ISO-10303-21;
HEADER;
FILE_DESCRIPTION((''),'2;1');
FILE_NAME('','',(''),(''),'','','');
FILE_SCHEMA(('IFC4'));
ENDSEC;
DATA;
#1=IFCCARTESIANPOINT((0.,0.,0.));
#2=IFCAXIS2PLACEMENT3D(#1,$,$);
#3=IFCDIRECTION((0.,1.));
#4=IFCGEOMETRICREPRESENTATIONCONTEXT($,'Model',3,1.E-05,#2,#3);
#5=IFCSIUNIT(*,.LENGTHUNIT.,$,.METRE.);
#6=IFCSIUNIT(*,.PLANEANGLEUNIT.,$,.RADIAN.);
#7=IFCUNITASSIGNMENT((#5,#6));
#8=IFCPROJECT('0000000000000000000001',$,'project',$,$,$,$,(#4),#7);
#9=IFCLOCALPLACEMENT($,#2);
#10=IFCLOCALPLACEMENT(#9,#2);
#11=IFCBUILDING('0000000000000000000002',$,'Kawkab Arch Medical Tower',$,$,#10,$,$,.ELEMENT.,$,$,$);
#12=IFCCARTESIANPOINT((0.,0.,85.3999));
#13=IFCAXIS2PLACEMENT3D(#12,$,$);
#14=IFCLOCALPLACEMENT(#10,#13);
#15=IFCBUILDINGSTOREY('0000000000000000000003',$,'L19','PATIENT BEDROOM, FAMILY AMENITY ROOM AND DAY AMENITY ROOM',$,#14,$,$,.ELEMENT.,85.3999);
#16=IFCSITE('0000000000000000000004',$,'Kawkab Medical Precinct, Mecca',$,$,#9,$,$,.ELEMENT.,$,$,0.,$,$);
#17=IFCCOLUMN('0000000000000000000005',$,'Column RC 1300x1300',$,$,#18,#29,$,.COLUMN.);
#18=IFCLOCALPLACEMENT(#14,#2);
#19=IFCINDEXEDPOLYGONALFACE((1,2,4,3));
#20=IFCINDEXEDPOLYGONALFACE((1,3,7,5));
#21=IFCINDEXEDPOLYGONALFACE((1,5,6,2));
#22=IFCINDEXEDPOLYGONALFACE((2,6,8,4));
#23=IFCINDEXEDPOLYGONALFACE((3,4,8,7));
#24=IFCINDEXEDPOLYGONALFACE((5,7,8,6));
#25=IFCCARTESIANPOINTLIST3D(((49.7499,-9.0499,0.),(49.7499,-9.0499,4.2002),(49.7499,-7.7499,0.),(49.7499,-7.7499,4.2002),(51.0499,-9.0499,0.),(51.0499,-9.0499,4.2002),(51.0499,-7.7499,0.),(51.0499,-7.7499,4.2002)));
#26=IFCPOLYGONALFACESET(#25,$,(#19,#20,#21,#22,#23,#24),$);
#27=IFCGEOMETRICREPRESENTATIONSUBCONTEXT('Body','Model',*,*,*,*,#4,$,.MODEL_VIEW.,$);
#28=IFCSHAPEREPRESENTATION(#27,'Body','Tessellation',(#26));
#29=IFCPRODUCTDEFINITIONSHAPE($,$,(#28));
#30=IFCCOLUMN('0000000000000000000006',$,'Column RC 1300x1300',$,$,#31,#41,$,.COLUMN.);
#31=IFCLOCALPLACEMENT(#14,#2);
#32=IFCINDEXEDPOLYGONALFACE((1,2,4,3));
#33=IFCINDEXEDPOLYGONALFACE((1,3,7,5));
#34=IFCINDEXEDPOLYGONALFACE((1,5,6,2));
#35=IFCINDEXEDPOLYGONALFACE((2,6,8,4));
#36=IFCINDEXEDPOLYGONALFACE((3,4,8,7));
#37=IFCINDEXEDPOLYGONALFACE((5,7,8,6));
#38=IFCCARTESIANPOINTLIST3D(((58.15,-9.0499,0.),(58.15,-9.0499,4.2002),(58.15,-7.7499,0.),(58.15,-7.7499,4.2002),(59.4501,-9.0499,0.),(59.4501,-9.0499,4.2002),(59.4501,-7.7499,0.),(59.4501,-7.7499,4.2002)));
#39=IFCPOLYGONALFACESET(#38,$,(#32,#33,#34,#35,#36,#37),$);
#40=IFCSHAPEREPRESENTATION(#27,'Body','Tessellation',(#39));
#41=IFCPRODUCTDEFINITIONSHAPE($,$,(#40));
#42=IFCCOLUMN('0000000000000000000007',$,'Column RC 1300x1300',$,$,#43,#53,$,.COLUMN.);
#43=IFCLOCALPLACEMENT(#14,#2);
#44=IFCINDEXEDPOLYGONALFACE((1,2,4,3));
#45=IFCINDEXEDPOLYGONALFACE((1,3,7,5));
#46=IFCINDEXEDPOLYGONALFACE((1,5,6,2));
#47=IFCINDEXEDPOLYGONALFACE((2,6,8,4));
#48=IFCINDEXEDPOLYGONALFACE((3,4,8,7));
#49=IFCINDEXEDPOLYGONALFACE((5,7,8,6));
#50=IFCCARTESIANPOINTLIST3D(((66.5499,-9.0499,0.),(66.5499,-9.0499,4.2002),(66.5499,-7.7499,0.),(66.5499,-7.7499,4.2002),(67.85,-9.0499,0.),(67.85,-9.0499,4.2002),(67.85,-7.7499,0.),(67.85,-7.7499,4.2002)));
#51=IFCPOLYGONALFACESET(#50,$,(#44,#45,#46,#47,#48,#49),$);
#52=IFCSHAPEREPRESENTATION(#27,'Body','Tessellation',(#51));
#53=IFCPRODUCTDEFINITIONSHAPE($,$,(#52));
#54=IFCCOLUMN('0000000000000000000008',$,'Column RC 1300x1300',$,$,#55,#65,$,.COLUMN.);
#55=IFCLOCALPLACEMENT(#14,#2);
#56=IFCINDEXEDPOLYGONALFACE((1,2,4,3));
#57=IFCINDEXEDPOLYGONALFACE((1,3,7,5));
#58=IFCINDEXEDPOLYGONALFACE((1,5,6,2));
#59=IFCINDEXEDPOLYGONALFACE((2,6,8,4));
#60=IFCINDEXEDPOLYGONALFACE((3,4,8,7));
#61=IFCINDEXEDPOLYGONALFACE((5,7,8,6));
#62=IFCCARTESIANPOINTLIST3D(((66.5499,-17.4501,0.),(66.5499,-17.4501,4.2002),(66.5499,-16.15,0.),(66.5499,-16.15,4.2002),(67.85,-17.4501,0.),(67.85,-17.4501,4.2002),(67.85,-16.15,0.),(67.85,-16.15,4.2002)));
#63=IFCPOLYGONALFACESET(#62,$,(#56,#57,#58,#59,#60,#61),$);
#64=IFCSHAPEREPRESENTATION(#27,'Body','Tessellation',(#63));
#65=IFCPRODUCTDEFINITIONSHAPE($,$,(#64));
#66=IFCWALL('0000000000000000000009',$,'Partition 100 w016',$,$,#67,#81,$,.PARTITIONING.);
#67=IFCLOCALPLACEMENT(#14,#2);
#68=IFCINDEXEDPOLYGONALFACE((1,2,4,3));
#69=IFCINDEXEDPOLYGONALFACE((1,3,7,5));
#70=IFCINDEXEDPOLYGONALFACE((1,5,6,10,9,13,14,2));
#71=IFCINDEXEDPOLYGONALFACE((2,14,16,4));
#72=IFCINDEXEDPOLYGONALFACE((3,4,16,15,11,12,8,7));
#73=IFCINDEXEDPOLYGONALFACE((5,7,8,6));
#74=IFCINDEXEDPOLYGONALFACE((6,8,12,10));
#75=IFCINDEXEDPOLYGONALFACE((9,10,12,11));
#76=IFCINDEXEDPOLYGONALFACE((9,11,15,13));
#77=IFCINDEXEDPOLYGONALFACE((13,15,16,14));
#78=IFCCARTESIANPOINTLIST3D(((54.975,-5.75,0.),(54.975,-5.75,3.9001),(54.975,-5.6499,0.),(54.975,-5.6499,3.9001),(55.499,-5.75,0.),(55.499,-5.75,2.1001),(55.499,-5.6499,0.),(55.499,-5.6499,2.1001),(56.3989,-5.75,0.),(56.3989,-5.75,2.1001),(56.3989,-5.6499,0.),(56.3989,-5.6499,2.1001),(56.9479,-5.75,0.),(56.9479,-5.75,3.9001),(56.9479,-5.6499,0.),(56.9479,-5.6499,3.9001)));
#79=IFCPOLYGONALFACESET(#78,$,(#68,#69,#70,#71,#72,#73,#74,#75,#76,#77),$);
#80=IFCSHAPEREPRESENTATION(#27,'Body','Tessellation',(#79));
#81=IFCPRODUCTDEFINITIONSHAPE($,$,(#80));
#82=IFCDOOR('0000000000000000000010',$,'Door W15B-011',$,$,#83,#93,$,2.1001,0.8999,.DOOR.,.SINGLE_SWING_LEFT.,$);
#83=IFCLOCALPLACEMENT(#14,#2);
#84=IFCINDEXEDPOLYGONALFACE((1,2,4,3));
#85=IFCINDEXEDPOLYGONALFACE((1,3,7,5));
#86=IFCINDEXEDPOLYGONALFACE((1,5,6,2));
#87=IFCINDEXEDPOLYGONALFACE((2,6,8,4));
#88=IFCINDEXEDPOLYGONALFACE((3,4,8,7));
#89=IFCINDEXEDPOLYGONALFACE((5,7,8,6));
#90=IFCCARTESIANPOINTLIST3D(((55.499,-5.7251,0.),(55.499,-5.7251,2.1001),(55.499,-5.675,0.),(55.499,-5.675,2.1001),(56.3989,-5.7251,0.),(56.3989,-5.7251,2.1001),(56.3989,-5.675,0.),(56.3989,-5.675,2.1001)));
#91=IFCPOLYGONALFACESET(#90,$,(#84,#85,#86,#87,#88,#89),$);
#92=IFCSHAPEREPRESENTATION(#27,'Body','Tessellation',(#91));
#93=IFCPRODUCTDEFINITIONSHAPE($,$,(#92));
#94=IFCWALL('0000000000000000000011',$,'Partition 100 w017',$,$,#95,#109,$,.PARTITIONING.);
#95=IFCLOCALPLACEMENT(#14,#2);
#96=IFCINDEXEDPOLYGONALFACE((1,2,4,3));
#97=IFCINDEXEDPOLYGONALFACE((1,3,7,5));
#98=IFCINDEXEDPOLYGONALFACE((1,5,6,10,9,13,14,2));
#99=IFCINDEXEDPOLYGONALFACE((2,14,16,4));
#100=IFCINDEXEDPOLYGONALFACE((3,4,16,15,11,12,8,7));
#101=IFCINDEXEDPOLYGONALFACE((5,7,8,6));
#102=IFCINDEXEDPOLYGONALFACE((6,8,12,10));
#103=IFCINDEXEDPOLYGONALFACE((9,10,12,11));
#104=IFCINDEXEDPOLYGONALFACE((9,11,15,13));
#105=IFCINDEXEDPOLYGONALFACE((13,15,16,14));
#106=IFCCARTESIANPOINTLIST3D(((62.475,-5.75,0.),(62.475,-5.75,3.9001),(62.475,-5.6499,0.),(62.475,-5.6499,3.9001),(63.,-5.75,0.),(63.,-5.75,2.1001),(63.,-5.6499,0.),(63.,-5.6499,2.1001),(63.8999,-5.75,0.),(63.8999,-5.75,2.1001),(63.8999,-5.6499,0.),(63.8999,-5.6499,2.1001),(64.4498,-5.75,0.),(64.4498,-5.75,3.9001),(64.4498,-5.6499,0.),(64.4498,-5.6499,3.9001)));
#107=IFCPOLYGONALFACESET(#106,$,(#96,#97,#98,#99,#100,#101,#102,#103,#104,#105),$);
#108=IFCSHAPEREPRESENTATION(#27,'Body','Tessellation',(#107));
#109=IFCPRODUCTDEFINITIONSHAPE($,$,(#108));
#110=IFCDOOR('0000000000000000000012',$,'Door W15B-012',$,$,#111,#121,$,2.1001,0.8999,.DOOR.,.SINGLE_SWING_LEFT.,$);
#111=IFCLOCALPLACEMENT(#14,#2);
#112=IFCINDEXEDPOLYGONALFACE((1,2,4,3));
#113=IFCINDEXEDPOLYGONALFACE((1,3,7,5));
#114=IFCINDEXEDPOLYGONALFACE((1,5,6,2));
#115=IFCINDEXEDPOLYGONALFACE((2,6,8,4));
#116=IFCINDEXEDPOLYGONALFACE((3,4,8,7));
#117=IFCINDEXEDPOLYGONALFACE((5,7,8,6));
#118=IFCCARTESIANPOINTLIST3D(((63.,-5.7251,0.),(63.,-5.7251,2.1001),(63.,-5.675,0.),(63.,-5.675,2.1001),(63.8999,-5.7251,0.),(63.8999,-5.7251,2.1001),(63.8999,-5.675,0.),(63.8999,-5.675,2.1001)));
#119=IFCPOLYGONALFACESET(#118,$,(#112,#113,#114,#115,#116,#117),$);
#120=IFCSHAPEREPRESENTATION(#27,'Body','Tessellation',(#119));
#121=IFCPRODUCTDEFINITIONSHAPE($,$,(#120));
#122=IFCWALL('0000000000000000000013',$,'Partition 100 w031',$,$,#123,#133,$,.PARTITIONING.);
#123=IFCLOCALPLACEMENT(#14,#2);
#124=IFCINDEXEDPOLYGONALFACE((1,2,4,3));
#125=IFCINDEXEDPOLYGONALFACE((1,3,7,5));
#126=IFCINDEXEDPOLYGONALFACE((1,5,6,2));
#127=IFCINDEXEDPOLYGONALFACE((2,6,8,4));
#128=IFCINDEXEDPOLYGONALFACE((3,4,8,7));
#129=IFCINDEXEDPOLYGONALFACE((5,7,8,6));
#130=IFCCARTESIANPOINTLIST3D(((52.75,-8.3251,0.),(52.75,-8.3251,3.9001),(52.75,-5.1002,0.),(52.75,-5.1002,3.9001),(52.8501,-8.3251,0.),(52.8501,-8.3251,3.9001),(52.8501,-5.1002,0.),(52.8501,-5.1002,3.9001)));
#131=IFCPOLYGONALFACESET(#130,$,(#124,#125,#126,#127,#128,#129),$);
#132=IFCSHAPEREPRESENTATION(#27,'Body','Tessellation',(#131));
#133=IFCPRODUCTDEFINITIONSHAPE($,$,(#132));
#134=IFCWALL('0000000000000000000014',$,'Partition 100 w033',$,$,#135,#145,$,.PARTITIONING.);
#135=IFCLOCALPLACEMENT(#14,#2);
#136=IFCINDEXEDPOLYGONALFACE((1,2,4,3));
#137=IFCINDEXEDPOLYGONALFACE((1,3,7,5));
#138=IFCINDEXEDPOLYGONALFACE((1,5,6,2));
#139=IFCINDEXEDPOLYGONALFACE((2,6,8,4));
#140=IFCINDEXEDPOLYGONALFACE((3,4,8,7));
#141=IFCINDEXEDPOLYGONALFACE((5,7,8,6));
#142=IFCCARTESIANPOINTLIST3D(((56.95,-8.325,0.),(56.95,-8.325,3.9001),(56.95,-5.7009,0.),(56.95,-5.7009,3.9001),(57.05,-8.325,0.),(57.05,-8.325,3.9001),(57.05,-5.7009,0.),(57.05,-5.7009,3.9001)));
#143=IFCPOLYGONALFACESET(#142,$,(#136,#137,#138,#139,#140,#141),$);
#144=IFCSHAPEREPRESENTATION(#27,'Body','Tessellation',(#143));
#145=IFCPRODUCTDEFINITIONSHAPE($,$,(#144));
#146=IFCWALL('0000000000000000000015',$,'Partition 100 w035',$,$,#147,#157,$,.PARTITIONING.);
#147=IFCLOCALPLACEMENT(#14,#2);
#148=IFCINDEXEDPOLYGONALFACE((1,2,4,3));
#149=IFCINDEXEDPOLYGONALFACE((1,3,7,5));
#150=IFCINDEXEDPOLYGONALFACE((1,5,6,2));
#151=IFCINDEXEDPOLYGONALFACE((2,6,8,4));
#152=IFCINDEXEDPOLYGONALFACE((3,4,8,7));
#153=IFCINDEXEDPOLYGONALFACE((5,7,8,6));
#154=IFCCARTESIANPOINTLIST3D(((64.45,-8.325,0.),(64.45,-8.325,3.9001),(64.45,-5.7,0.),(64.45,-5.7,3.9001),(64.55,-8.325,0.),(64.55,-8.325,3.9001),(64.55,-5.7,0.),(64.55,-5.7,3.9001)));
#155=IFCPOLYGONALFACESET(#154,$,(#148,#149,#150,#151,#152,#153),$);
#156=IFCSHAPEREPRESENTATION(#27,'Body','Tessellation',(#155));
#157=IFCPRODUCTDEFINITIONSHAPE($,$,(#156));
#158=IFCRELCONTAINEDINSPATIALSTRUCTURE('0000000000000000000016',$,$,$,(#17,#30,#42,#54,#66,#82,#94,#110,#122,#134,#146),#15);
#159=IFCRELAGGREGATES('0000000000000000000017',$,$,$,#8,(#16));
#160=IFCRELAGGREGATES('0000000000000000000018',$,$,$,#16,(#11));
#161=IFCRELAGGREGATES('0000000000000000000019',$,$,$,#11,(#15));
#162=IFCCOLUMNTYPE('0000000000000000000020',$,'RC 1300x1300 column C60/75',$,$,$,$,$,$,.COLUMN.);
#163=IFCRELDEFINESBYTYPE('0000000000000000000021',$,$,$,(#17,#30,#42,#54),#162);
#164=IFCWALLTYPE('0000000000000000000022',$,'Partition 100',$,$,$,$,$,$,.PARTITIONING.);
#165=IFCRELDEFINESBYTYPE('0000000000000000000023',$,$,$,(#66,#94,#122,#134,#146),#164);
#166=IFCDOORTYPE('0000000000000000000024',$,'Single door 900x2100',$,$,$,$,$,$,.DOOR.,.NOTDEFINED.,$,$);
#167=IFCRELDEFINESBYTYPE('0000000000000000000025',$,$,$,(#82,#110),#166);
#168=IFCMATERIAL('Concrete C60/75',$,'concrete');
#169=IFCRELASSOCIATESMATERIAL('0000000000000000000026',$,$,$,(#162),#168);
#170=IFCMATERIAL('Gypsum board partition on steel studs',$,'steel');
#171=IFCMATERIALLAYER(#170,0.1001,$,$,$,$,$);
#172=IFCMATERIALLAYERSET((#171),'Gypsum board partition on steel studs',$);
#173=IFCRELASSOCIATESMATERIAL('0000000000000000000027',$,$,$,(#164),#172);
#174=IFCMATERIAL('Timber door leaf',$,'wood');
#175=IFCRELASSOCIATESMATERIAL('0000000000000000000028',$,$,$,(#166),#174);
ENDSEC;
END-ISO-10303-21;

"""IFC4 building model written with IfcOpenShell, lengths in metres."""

from ifc_helpers import new_model, si_unit, direction, frame, frame_2d, origin, origin_2d, place, context, subcontext, project, spatial, rectangle, extrude, material, layer, layer_set, material_profile, profile_set, type_object, element, fill, save


model = new_model("IFC4")

# Units and contexts
model_context = context("Model", 3, precision=1e-05, world=origin(), true_north=direction((0.0, 1.0)))
body_context = subcontext(model_context, "Body", "Model", "MODEL_VIEW")
ifc_project = project(units=[si_unit("LENGTHUNIT", "METRE"), si_unit("PLANEANGLEUNIT", "RADIAN")], contexts=[model_context])

# Site, building, storey
site_placement = place(None, origin())
site = spatial("IfcSite", under=ifc_project, at=site_placement, Name="Kawkab Medical Precinct, Mecca", CompositionType="ELEMENT", RefElevation=0.0)
building_placement = place(site_placement, origin())
building = spatial("IfcBuilding", under=site, at=building_placement, Name="Kawkab Arch Medical Tower", CompositionType="ELEMENT")
storey_placement = place(building_placement, frame((0.0, 0.0, 85.3999)))
storey = spatial("IfcBuildingStorey", under=building, at=storey_placement, Name="L19", Description="PATIENT BEDROOM, FAMILY AMENITY ROOM AND DAY AMENITY ROOM", CompositionType="ELEMENT", Elevation=85.3999)

# Columns
ifc_material_1 = material(Name="Concrete C60/75", Category="concrete")
ifc_material_profile = material_profile(ifc_material_1, rectangle(XDim=1.3, YDim=1.3, at=origin_2d()), Name="RC 1300x1300")
ifc_profile_set = profile_set([ifc_material_profile], Name="Concrete C60/75")
column_type = type_object("IfcColumnType", Name="RC 1300x1300 column C60/75", PredefinedType="COLUMN", material=ifc_profile_set)
for number, where, z_axis, x_axis, name in (
    (1, (50.3999, -8.3999, 0.0), (0.0, 0.0, 1.0), (1.0, 0.0, 0.0), "Column RC 1300x1300"),
    (2, (58.8, -8.3999, 0.0), (0.0, 0.0, 1.0), (1.0, 0.0, 0.0), "Column RC 1300x1300"),
    (3, (67.2, -8.3999, 0.0), (0.0, 0.0, 1.0), (1.0, 0.0, 0.0), "Column RC 1300x1300"),
    (4, (67.2, -16.8, 0.0), (0.0, 0.0, 1.0), (1.0, 0.0, 0.0), "Column RC 1300x1300"),
):
    element("IfcColumn", number, at=place(storey_placement, frame(where, z_axis=z_axis, x_axis=x_axis)), inside=storey, type_object=column_type, Name=name, PredefinedType="COLUMN", context=body_context, shape_type="SweptSolid", body=[
        extrude(rectangle(XDim=1.3, YDim=1.3, at=origin_2d()), origin(), (0.0, 0.0, 1.0), 4.2002),
    ])

# Walls, openings, doors
ifc_material_2 = material(Name="Gypsum board partition on steel studs", Category="steel")
ifc_layer_1 = layer(ifc_material_2, 0.1001)
ifc_layer_set_1 = layer_set([ifc_layer_1], Name="Gypsum board partition on steel studs")
wall_type_1 = type_object("IfcWallType", Name="Partition 100", PredefinedType="PARTITIONING", material=ifc_layer_set_1)
wall_1_placement = place(storey_placement, frame((54.9751, -5.7, 0.0), z_axis=(0.0, 0.0, 1.0), x_axis=(1.0, 0.0, 0.0)))
wall_1 = element("IfcWall", 5, at=wall_1_placement, inside=storey, type_object=wall_type_1, Name="Partition 100 w016", PredefinedType="PARTITIONING", context=body_context, shape_type="SweptSolid", body=[
    extrude(rectangle(XDim=1.9729, YDim=0.1001, at=frame_2d((0.9863, 0.0))), origin(), (0.0, 0.0, 1.0), 3.9001),
])
opening_1_placement = place(wall_1_placement, frame((0.5239, 0.0, 0.0)))
opening_1 = element("IfcOpeningElement", 6, at=opening_1_placement, cuts=wall_1, PredefinedType="OPENING", context=body_context, shape_type="SweptSolid", body=[
    extrude(rectangle(XDim=0.8999, YDim=2.1001, at=frame_2d((0.45, 1.05))), frame((0.0, 0.0601, 0.0), z_axis=(0.0, -1.0, 0.0), x_axis=(1.0, 0.0, 0.0)), (0.0, 0.0, 1.0), 0.1201),
])
ifc_material_3 = material(Name="Timber door leaf", Category="wood")
door_type_1 = type_object("IfcDoorType", Name="Single door 900x2100", OperationType="NOTDEFINED", PredefinedType="DOOR", material=ifc_material_3)
door_1_placement = place(opening_1_placement, origin())
door_1 = element("IfcDoor", 7, at=door_1_placement, inside=storey, type_object=door_type_1, Name="Door W15B-011", OperationType="SINGLE_SWING_LEFT", OverallHeight=2.1001, OverallWidth=0.8999, PredefinedType="DOOR", context=body_context, shape_type="SweptSolid", body=[
    extrude(rectangle(XDim=0.8999, YDim=2.1001, at=frame_2d((0.45, 1.05))), frame((0.0, 0.0249, 0.0), z_axis=(0.0, -1.0, 0.0), x_axis=(1.0, 0.0, 0.0)), (0.0, 0.0, 1.0), 0.05),
])
fill(opening_1, door_1)
wall_2_placement = place(storey_placement, frame((62.4751, -5.7, 0.0), z_axis=(0.0, 0.0, 1.0), x_axis=(1.0, 0.0, 0.0)))
wall_2 = element("IfcWall", 8, at=wall_2_placement, inside=storey, type_object=wall_type_1, Name="Partition 100 w017", PredefinedType="PARTITIONING", context=body_context, shape_type="SweptSolid", body=[
    extrude(rectangle(XDim=1.9749, YDim=0.1001, at=frame_2d((0.9873, 0.0))), origin(), (0.0, 0.0, 1.0), 3.9001),
])
opening_2_placement = place(wall_2_placement, frame((0.5249, 0.0, 0.0)))
opening_2 = element("IfcOpeningElement", 9, at=opening_2_placement, cuts=wall_2, PredefinedType="OPENING", context=body_context, shape_type="SweptSolid", body=[
    extrude(rectangle(XDim=0.8999, YDim=2.1001, at=frame_2d((0.45, 1.05))), frame((0.0, 0.0601, 0.0), z_axis=(0.0, -1.0, 0.0), x_axis=(1.0, 0.0, 0.0)), (0.0, 0.0, 1.0), 0.1201),
])
door_2_placement = place(opening_2_placement, origin())
door_2 = element("IfcDoor", 10, at=door_2_placement, inside=storey, type_object=door_type_1, Name="Door W15B-012", OperationType="SINGLE_SWING_LEFT", OverallHeight=2.1001, OverallWidth=0.8999, PredefinedType="DOOR", context=body_context, shape_type="SweptSolid", body=[
    extrude(rectangle(XDim=0.8999, YDim=2.1001, at=frame_2d((0.45, 1.05))), frame((0.0, 0.0249, 0.0), z_axis=(0.0, -1.0, 0.0), x_axis=(1.0, 0.0, 0.0)), (0.0, 0.0, 1.0), 0.05),
])
fill(opening_2, door_2)

# Walls
wall_3_placement = place(storey_placement, frame((52.8, -8.325, 0.0), z_axis=(0.0, 0.0, 1.0), x_axis=(0.0, 1.0, 0.0)))
element("IfcWall", 11, at=wall_3_placement, inside=storey, type_object=wall_type_1, Name="Partition 100 w031", PredefinedType="PARTITIONING", context=body_context, shape_type="SweptSolid", body=[
    extrude(rectangle(XDim=3.2249, YDim=0.1001, at=frame_2d((1.6123, 0.0))), origin(), (0.0, 0.0, 1.0), 3.9001),
])
wall_4_placement = place(storey_placement, frame((57.0, -8.325, 0.0), z_axis=(0.0, 0.0, 1.0), x_axis=(0.0, 1.0, 0.0)))
element("IfcWall", 12, at=wall_4_placement, inside=storey, type_object=wall_type_1, Name="Partition 100 w033", PredefinedType="PARTITIONING", context=body_context, shape_type="SweptSolid", body=[
    extrude(rectangle(XDim=2.624, YDim=0.1001, at=frame_2d((1.312, 0.0))), origin(), (0.0, 0.0, 1.0), 3.9001),
])
wall_5_placement = place(storey_placement, frame((64.5, -8.325, 0.0), z_axis=(0.0, 0.0, 1.0), x_axis=(0.0, 1.0, 0.0)))
element("IfcWall", 13, at=wall_5_placement, inside=storey, type_object=wall_type_1, Name="Partition 100 w035", PredefinedType="PARTITIONING", context=body_context, shape_type="SweptSolid", body=[
    extrude(rectangle(XDim=2.625, YDim=0.1001, at=frame_2d((1.3125, 0.0))), origin(), (0.0, 0.0, 1.0), 3.9001),
])

save(model, "model.ifc")
